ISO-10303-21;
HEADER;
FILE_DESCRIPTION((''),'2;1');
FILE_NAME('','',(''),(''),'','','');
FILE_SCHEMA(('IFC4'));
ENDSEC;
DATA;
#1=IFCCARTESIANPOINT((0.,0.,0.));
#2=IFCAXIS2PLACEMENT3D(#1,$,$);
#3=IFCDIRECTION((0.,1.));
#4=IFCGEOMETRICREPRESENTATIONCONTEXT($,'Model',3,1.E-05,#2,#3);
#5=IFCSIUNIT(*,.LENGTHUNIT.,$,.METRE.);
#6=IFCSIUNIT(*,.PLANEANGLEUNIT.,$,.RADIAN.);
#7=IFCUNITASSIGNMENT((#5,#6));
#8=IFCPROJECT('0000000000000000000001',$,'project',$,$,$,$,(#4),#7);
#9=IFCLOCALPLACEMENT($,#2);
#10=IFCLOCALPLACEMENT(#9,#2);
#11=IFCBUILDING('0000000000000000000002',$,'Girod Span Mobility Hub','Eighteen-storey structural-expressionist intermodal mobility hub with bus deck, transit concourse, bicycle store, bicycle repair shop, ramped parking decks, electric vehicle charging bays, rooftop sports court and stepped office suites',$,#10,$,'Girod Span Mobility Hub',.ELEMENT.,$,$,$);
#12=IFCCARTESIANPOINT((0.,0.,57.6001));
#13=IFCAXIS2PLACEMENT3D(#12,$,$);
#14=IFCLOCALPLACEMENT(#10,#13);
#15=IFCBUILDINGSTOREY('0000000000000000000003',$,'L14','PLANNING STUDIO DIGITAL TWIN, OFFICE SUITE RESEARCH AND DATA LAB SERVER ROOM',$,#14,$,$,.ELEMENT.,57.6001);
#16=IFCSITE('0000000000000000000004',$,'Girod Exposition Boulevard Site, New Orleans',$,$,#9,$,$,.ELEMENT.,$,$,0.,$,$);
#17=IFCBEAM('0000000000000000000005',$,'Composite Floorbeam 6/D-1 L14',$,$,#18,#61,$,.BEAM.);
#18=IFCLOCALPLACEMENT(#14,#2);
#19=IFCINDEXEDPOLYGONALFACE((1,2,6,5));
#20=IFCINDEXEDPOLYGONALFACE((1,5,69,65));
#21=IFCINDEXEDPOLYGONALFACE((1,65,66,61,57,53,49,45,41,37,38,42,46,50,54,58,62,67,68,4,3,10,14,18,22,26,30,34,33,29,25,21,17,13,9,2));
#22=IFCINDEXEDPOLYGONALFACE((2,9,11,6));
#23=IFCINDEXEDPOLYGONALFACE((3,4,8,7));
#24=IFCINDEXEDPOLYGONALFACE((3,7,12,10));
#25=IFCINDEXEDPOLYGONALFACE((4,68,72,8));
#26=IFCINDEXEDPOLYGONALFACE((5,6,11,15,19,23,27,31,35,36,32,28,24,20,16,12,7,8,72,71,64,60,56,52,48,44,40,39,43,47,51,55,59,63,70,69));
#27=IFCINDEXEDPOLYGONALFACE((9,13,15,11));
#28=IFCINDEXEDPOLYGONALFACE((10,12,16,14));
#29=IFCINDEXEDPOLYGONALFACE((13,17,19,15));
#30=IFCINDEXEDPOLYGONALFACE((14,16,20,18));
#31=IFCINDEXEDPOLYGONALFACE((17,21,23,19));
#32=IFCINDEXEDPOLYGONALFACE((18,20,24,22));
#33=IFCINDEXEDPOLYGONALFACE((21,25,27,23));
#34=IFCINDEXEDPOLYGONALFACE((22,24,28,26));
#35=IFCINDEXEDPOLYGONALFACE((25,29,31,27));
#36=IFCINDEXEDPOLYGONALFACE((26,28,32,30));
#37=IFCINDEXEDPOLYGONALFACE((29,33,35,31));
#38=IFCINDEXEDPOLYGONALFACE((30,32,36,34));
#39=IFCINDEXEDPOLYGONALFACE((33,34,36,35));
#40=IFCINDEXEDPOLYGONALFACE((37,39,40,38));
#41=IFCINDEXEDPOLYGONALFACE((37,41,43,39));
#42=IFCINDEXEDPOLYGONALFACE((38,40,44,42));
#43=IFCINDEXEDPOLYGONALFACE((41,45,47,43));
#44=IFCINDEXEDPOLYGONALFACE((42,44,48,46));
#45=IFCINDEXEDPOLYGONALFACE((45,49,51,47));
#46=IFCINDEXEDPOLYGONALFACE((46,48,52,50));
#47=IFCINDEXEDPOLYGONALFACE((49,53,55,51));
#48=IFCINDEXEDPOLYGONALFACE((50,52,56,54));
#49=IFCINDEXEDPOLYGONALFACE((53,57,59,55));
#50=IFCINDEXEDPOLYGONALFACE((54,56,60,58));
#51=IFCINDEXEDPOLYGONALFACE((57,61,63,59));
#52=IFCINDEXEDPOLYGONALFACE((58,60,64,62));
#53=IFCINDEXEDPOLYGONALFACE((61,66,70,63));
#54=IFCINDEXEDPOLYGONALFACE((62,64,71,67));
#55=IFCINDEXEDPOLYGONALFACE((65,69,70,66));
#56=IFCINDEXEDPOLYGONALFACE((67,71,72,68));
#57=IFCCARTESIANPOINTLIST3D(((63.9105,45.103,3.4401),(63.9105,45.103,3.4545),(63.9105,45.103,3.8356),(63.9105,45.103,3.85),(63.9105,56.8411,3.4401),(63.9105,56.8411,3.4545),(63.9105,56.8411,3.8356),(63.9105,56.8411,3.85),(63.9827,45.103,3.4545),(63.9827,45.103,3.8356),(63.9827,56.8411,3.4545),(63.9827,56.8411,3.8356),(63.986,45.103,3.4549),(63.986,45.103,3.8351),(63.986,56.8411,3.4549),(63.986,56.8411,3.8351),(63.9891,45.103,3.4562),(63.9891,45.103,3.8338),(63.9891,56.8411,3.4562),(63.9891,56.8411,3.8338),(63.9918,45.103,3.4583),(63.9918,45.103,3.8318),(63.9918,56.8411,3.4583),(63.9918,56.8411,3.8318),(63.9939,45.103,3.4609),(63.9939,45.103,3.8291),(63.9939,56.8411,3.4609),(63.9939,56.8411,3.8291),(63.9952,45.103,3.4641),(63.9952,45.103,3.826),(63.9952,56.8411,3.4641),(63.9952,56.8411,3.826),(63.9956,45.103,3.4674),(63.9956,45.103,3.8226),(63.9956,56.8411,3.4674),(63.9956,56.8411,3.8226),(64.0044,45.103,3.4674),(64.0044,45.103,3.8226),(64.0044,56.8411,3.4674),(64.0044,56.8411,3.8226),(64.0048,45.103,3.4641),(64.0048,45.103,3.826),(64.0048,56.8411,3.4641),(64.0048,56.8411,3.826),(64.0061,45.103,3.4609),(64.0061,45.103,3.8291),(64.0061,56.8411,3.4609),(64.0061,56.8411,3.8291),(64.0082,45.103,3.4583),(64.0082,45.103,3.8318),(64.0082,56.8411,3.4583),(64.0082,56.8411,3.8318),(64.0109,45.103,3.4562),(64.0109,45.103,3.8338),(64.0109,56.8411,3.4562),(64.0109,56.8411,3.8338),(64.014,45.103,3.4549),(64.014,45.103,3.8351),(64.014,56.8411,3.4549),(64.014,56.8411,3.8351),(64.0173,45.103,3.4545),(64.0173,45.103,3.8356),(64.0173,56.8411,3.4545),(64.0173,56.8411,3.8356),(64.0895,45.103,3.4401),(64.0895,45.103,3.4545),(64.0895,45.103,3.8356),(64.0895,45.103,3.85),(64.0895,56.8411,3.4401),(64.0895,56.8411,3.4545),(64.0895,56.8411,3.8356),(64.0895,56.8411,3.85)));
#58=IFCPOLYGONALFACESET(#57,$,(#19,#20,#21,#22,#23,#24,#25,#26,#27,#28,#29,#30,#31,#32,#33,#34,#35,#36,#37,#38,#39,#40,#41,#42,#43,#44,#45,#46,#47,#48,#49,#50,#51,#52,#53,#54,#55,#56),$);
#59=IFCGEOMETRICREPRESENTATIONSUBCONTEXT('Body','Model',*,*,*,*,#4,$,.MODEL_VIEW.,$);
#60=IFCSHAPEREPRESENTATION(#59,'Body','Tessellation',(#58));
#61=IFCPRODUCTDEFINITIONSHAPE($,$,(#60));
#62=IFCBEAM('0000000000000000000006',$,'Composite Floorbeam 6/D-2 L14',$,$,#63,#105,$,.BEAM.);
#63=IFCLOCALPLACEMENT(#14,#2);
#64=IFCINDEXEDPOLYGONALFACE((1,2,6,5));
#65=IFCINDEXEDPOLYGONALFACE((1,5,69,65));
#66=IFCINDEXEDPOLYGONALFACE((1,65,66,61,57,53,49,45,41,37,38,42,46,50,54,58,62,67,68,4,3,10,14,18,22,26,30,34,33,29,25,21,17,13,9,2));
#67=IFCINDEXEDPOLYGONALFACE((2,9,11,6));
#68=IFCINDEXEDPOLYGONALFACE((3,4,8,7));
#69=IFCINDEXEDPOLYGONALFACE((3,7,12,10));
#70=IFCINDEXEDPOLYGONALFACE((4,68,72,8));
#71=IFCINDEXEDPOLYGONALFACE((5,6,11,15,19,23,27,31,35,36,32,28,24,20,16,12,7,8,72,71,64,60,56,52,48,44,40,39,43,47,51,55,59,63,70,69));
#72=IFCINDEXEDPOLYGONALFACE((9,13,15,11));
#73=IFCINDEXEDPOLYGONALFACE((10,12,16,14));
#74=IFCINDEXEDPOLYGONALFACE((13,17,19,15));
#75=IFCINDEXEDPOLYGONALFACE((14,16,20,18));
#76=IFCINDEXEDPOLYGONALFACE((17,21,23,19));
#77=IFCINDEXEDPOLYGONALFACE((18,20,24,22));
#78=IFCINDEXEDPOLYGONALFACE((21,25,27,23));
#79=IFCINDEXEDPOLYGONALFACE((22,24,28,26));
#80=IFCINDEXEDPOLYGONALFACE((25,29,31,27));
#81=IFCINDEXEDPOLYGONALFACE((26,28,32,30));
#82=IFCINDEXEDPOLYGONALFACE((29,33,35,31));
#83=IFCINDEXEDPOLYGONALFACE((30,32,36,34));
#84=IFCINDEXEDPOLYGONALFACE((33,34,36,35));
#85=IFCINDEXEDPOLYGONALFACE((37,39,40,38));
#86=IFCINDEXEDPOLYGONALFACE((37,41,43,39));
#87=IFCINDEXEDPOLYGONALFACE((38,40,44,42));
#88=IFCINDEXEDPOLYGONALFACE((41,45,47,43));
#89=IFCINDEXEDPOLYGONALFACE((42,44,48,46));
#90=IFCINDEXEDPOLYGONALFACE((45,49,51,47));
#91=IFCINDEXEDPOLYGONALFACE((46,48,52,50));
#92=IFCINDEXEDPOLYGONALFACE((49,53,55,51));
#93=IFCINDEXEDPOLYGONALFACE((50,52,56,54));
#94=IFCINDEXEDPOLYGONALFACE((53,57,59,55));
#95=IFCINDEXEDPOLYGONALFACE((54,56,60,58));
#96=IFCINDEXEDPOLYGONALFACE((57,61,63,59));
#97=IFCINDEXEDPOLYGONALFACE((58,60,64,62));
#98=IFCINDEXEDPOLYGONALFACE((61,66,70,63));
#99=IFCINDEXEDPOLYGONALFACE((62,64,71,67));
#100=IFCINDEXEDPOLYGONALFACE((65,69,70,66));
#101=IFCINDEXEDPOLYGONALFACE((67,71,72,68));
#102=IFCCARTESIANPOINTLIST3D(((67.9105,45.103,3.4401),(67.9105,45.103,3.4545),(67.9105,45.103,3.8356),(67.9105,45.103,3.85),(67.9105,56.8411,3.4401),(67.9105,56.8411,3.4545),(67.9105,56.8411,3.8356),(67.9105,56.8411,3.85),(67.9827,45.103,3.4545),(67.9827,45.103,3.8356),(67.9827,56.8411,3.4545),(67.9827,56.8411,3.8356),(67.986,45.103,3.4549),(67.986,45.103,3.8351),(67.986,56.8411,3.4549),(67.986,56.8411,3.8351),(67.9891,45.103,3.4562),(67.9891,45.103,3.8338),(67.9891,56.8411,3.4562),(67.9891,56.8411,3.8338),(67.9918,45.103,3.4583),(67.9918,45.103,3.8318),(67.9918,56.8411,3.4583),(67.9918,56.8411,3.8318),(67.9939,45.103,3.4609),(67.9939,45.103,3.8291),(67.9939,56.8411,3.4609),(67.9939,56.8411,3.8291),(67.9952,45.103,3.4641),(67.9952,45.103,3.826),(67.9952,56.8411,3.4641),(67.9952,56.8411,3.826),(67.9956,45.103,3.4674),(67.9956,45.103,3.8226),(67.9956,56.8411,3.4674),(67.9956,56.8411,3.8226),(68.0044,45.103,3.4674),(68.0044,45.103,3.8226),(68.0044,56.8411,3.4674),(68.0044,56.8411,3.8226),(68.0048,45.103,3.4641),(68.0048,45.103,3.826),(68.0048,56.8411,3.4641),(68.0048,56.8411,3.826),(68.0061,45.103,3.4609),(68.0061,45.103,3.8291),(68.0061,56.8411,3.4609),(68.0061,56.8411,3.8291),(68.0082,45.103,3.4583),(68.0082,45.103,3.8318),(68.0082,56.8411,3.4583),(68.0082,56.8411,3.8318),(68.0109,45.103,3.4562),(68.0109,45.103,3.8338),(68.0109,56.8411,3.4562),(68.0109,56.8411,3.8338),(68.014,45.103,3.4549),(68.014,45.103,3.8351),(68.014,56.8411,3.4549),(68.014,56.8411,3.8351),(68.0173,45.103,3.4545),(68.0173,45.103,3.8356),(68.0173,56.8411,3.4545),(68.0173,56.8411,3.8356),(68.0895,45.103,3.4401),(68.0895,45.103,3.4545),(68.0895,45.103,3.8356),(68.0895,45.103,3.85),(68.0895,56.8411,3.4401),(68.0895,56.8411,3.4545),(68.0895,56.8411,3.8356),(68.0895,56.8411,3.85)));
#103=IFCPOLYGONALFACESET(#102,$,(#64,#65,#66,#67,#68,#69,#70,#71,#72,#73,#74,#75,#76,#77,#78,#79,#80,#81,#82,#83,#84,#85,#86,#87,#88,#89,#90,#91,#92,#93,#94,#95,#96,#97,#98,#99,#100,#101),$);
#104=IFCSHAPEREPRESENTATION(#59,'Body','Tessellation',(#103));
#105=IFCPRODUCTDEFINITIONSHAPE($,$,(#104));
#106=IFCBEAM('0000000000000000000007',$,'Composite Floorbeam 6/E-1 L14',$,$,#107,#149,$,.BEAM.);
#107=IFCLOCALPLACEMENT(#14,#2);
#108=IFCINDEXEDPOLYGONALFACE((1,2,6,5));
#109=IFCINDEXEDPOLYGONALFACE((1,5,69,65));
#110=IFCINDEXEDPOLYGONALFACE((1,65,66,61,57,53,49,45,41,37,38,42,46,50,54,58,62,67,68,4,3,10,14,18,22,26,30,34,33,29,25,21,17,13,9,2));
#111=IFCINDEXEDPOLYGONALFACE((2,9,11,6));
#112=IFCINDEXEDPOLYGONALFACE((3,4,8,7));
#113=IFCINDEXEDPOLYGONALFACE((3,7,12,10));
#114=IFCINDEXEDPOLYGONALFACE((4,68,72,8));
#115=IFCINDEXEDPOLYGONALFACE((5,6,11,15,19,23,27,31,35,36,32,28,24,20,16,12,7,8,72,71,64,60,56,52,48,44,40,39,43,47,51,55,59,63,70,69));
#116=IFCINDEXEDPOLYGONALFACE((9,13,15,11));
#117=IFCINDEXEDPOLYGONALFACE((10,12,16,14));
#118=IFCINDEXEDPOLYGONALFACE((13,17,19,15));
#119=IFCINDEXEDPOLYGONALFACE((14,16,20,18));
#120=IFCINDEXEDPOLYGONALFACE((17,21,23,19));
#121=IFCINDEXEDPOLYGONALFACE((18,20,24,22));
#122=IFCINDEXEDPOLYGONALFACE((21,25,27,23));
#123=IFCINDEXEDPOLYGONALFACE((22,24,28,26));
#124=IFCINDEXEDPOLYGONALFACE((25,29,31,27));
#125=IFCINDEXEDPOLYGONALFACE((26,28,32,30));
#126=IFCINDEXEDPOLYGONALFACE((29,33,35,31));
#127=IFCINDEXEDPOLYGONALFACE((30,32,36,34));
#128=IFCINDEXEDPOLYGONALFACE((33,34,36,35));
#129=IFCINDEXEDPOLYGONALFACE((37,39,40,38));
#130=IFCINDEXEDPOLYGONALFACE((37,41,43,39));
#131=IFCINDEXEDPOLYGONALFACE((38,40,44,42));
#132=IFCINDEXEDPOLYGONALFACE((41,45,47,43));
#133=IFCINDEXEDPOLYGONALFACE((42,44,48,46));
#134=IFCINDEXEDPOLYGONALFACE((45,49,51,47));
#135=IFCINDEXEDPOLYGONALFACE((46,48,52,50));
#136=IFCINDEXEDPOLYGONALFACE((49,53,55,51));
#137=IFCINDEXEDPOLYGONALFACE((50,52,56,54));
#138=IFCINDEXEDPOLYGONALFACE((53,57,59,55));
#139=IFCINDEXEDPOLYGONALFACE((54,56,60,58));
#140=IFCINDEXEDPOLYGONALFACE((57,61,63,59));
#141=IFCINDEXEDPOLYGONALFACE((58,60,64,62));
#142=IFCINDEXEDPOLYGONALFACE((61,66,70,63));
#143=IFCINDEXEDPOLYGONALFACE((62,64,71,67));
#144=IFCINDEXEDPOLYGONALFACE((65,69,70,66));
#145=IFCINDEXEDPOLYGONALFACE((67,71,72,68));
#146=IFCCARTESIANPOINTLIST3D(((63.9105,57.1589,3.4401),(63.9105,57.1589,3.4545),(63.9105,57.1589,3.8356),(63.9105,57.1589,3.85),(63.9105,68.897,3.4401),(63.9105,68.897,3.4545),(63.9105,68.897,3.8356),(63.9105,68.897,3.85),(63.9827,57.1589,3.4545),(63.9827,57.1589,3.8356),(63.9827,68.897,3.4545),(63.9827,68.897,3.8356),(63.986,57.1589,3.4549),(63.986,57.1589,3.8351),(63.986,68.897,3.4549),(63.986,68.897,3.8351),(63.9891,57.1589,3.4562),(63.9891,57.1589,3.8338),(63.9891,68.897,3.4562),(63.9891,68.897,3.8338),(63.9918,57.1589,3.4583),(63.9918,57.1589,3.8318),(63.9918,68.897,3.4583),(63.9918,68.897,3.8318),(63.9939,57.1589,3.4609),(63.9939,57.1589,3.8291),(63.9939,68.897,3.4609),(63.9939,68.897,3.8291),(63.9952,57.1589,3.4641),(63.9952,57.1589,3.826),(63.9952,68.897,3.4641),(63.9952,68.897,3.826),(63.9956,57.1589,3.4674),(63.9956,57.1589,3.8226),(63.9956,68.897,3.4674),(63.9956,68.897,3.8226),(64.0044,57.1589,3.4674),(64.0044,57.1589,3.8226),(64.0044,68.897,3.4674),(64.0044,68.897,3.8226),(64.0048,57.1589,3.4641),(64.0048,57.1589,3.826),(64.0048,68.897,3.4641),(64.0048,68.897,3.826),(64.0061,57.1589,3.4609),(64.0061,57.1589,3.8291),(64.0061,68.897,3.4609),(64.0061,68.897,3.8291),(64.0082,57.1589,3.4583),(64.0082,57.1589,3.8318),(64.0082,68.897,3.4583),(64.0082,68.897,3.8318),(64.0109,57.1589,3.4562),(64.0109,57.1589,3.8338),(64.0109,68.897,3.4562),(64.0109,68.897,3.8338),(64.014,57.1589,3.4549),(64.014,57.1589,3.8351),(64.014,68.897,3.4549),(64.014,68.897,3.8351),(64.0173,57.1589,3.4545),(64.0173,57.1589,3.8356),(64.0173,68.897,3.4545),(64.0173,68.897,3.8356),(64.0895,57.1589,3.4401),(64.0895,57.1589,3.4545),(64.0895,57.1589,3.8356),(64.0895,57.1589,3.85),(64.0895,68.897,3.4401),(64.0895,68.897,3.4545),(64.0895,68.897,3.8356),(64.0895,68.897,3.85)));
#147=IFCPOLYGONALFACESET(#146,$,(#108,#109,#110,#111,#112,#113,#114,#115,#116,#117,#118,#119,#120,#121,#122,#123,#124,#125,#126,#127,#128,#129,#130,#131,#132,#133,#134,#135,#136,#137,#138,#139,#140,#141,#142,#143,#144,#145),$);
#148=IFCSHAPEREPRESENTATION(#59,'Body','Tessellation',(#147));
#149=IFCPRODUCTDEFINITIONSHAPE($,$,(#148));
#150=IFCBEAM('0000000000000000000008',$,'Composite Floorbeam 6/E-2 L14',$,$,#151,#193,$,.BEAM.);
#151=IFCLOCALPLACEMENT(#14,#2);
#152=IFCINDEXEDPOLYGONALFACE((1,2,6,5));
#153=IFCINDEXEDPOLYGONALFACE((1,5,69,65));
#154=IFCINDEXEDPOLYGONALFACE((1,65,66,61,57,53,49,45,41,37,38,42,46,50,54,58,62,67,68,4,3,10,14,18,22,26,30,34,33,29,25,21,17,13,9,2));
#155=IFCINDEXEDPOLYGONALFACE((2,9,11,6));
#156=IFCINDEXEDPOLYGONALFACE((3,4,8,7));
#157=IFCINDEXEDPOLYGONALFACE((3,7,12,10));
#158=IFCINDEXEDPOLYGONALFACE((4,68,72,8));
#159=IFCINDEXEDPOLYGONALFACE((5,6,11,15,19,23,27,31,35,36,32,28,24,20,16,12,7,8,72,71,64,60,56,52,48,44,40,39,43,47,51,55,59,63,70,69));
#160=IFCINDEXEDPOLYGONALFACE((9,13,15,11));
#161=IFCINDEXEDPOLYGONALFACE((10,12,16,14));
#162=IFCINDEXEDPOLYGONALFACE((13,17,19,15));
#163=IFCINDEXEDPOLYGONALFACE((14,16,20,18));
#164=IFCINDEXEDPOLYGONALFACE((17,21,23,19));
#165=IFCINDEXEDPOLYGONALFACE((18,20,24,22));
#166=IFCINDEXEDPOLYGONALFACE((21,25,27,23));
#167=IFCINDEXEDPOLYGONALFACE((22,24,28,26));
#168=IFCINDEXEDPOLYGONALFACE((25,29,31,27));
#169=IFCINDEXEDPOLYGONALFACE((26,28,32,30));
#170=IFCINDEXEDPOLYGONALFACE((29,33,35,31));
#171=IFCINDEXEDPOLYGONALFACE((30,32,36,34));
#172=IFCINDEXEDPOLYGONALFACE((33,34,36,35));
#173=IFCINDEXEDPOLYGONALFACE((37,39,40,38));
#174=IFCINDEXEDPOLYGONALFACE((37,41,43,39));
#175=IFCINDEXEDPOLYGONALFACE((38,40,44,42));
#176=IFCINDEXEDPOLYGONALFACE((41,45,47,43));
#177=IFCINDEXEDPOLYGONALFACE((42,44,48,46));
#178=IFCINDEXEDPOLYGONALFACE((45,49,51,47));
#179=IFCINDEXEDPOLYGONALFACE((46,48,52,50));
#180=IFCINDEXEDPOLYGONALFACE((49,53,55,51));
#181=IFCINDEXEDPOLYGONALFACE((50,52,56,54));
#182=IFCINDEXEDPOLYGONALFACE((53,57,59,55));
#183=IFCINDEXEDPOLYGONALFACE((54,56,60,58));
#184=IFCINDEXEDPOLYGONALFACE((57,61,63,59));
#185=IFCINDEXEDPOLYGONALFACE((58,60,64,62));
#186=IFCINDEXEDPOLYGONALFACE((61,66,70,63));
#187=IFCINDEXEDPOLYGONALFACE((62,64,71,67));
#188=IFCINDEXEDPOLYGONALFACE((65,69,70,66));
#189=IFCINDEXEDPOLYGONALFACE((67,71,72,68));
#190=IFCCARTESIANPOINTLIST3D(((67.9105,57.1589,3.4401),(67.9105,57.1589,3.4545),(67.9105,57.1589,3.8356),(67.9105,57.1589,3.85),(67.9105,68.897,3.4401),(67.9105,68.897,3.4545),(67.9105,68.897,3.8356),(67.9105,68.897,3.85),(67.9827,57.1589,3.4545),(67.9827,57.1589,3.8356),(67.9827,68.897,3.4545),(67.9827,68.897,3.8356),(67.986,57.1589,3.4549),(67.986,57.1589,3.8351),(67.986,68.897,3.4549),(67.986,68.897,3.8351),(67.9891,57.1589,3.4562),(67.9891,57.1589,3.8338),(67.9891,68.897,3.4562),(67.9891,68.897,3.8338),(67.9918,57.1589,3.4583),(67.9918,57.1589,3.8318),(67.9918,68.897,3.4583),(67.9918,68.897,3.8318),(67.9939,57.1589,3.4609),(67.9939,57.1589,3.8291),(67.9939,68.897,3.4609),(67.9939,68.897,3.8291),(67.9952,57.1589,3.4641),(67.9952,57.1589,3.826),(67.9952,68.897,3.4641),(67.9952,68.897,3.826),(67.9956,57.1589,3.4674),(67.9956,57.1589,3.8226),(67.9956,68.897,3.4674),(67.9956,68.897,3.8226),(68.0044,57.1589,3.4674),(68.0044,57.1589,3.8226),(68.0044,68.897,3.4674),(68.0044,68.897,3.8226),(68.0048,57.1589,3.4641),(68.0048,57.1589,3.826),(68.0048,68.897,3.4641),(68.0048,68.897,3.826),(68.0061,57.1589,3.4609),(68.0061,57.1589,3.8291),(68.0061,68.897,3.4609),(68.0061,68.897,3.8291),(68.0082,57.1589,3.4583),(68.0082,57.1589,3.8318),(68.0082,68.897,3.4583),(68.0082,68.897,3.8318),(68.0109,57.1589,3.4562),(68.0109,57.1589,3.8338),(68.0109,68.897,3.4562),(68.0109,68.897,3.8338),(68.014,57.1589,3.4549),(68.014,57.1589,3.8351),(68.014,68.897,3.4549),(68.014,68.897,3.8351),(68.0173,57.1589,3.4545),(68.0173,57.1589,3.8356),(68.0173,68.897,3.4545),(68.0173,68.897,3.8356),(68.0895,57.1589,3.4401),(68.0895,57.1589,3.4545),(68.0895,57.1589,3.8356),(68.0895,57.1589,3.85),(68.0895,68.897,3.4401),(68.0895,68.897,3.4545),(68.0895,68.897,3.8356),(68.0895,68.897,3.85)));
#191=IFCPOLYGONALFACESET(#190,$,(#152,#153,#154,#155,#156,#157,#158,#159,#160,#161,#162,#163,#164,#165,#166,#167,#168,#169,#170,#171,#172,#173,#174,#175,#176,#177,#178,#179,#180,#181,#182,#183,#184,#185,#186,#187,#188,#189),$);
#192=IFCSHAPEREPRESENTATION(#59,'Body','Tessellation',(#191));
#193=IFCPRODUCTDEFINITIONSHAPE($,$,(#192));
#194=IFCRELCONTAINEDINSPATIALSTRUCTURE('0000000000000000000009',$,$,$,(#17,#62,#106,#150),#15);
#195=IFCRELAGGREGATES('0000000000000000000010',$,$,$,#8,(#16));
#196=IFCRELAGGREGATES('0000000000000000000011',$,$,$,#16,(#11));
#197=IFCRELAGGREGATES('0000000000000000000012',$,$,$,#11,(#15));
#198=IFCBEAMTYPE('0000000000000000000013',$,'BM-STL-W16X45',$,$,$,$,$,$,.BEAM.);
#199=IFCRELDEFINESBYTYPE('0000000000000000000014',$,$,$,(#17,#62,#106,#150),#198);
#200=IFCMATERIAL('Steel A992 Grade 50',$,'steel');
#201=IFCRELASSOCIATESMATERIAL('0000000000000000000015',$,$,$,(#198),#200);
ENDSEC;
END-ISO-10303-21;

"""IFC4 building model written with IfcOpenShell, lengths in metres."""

from ifc_helpers import new_model, si_unit, direction, frame, origin, origin_2d, place, context, subcontext, project, spatial, i_section, extrude, material, material_profile, profile_set, type_object, element, save


model = new_model("IFC4")

# Units and contexts
model_context = context("Model", 3, precision=1e-05, world=origin(), true_north=direction((0.0, 1.0)))
body_context = subcontext(model_context, "Body", "Model", "MODEL_VIEW")
ifc_project = project(units=[si_unit("LENGTHUNIT", "METRE"), si_unit("PLANEANGLEUNIT", "RADIAN")], contexts=[model_context])

# Site, building, storey
site_placement = place(None, origin())
site = spatial("IfcSite", under=ifc_project, at=site_placement, Name="Girod Exposition Boulevard Site, New Orleans", CompositionType="ELEMENT", RefElevation=0.0)
building_placement = place(site_placement, origin())
building = spatial("IfcBuilding", under=site, at=building_placement, Name="Girod Span Mobility Hub", Description="Eighteen-storey structural-expressionist intermodal mobility hub with bus deck, transit concourse, bicycle store, bicycle repair shop, ramped parking decks, electric vehicle charging bays, rooftop sports court and stepped office suites", LongName="Girod Span Mobility Hub", CompositionType="ELEMENT")
storey_placement = place(building_placement, frame((0.0, 0.0, 57.6001)))
storey = spatial("IfcBuildingStorey", under=building, at=storey_placement, Name="L14", Description="PLANNING STUDIO DIGITAL TWIN, OFFICE SUITE RESEARCH AND DATA LAB SERVER ROOM", CompositionType="ELEMENT", Elevation=57.6001)

# Beams
ifc_material_1 = material(Name="Steel A992 Grade 50", Category="steel")
ifc_material_profile_1 = material_profile(ifc_material_1, i_section(OverallWidth=0.179, OverallDepth=0.4099, WebThickness=0.0088, FlangeThickness=0.0144, FilletRadius=0.0129, at=origin_2d()), Name="W16X45")
ifc_profile_set_1 = profile_set([ifc_material_profile_1], Name="Steel A992 Grade 50")
beam_type_1 = type_object("IfcBeamType", Name="BM-STL-W16X45", PredefinedType="BEAM", material=ifc_profile_set_1)
for number, where, z_axis, x_axis, name in (
    (1, (64.0, 45.103, 3.645), (0.0, 1.0, 0.0), (-1.0, 0.0, 0.0), "Composite Floorbeam 6/D-1 L14"),
    (2, (68.0, 45.103, 3.645), (0.0, 1.0, 0.0), (-1.0, 0.0, 0.0), "Composite Floorbeam 6/D-2 L14"),
    (3, (64.0, 57.1589, 3.645), (0.0, 1.0, 0.0), (-1.0, 0.0, 0.0), "Composite Floorbeam 6/E-1 L14"),
    (4, (68.0, 57.1589, 3.645), (0.0, 1.0, 0.0), (-1.0, 0.0, 0.0), "Composite Floorbeam 6/E-2 L14"),
):
    element("IfcBeam", number, at=place(storey_placement, frame(where, z_axis=z_axis, x_axis=x_axis)), inside=storey, type_object=beam_type_1, Name=name, PredefinedType="BEAM", context=body_context, shape_type="SweptSolid", body=[
        extrude(i_section(OverallWidth=0.179, OverallDepth=0.4099, WebThickness=0.0088, FlangeThickness=0.0144, FilletRadius=0.0129, at=origin_2d()), origin(), (0.0, 0.0, 1.0), 11.738),
    ])

save(model, "model.ifc")
